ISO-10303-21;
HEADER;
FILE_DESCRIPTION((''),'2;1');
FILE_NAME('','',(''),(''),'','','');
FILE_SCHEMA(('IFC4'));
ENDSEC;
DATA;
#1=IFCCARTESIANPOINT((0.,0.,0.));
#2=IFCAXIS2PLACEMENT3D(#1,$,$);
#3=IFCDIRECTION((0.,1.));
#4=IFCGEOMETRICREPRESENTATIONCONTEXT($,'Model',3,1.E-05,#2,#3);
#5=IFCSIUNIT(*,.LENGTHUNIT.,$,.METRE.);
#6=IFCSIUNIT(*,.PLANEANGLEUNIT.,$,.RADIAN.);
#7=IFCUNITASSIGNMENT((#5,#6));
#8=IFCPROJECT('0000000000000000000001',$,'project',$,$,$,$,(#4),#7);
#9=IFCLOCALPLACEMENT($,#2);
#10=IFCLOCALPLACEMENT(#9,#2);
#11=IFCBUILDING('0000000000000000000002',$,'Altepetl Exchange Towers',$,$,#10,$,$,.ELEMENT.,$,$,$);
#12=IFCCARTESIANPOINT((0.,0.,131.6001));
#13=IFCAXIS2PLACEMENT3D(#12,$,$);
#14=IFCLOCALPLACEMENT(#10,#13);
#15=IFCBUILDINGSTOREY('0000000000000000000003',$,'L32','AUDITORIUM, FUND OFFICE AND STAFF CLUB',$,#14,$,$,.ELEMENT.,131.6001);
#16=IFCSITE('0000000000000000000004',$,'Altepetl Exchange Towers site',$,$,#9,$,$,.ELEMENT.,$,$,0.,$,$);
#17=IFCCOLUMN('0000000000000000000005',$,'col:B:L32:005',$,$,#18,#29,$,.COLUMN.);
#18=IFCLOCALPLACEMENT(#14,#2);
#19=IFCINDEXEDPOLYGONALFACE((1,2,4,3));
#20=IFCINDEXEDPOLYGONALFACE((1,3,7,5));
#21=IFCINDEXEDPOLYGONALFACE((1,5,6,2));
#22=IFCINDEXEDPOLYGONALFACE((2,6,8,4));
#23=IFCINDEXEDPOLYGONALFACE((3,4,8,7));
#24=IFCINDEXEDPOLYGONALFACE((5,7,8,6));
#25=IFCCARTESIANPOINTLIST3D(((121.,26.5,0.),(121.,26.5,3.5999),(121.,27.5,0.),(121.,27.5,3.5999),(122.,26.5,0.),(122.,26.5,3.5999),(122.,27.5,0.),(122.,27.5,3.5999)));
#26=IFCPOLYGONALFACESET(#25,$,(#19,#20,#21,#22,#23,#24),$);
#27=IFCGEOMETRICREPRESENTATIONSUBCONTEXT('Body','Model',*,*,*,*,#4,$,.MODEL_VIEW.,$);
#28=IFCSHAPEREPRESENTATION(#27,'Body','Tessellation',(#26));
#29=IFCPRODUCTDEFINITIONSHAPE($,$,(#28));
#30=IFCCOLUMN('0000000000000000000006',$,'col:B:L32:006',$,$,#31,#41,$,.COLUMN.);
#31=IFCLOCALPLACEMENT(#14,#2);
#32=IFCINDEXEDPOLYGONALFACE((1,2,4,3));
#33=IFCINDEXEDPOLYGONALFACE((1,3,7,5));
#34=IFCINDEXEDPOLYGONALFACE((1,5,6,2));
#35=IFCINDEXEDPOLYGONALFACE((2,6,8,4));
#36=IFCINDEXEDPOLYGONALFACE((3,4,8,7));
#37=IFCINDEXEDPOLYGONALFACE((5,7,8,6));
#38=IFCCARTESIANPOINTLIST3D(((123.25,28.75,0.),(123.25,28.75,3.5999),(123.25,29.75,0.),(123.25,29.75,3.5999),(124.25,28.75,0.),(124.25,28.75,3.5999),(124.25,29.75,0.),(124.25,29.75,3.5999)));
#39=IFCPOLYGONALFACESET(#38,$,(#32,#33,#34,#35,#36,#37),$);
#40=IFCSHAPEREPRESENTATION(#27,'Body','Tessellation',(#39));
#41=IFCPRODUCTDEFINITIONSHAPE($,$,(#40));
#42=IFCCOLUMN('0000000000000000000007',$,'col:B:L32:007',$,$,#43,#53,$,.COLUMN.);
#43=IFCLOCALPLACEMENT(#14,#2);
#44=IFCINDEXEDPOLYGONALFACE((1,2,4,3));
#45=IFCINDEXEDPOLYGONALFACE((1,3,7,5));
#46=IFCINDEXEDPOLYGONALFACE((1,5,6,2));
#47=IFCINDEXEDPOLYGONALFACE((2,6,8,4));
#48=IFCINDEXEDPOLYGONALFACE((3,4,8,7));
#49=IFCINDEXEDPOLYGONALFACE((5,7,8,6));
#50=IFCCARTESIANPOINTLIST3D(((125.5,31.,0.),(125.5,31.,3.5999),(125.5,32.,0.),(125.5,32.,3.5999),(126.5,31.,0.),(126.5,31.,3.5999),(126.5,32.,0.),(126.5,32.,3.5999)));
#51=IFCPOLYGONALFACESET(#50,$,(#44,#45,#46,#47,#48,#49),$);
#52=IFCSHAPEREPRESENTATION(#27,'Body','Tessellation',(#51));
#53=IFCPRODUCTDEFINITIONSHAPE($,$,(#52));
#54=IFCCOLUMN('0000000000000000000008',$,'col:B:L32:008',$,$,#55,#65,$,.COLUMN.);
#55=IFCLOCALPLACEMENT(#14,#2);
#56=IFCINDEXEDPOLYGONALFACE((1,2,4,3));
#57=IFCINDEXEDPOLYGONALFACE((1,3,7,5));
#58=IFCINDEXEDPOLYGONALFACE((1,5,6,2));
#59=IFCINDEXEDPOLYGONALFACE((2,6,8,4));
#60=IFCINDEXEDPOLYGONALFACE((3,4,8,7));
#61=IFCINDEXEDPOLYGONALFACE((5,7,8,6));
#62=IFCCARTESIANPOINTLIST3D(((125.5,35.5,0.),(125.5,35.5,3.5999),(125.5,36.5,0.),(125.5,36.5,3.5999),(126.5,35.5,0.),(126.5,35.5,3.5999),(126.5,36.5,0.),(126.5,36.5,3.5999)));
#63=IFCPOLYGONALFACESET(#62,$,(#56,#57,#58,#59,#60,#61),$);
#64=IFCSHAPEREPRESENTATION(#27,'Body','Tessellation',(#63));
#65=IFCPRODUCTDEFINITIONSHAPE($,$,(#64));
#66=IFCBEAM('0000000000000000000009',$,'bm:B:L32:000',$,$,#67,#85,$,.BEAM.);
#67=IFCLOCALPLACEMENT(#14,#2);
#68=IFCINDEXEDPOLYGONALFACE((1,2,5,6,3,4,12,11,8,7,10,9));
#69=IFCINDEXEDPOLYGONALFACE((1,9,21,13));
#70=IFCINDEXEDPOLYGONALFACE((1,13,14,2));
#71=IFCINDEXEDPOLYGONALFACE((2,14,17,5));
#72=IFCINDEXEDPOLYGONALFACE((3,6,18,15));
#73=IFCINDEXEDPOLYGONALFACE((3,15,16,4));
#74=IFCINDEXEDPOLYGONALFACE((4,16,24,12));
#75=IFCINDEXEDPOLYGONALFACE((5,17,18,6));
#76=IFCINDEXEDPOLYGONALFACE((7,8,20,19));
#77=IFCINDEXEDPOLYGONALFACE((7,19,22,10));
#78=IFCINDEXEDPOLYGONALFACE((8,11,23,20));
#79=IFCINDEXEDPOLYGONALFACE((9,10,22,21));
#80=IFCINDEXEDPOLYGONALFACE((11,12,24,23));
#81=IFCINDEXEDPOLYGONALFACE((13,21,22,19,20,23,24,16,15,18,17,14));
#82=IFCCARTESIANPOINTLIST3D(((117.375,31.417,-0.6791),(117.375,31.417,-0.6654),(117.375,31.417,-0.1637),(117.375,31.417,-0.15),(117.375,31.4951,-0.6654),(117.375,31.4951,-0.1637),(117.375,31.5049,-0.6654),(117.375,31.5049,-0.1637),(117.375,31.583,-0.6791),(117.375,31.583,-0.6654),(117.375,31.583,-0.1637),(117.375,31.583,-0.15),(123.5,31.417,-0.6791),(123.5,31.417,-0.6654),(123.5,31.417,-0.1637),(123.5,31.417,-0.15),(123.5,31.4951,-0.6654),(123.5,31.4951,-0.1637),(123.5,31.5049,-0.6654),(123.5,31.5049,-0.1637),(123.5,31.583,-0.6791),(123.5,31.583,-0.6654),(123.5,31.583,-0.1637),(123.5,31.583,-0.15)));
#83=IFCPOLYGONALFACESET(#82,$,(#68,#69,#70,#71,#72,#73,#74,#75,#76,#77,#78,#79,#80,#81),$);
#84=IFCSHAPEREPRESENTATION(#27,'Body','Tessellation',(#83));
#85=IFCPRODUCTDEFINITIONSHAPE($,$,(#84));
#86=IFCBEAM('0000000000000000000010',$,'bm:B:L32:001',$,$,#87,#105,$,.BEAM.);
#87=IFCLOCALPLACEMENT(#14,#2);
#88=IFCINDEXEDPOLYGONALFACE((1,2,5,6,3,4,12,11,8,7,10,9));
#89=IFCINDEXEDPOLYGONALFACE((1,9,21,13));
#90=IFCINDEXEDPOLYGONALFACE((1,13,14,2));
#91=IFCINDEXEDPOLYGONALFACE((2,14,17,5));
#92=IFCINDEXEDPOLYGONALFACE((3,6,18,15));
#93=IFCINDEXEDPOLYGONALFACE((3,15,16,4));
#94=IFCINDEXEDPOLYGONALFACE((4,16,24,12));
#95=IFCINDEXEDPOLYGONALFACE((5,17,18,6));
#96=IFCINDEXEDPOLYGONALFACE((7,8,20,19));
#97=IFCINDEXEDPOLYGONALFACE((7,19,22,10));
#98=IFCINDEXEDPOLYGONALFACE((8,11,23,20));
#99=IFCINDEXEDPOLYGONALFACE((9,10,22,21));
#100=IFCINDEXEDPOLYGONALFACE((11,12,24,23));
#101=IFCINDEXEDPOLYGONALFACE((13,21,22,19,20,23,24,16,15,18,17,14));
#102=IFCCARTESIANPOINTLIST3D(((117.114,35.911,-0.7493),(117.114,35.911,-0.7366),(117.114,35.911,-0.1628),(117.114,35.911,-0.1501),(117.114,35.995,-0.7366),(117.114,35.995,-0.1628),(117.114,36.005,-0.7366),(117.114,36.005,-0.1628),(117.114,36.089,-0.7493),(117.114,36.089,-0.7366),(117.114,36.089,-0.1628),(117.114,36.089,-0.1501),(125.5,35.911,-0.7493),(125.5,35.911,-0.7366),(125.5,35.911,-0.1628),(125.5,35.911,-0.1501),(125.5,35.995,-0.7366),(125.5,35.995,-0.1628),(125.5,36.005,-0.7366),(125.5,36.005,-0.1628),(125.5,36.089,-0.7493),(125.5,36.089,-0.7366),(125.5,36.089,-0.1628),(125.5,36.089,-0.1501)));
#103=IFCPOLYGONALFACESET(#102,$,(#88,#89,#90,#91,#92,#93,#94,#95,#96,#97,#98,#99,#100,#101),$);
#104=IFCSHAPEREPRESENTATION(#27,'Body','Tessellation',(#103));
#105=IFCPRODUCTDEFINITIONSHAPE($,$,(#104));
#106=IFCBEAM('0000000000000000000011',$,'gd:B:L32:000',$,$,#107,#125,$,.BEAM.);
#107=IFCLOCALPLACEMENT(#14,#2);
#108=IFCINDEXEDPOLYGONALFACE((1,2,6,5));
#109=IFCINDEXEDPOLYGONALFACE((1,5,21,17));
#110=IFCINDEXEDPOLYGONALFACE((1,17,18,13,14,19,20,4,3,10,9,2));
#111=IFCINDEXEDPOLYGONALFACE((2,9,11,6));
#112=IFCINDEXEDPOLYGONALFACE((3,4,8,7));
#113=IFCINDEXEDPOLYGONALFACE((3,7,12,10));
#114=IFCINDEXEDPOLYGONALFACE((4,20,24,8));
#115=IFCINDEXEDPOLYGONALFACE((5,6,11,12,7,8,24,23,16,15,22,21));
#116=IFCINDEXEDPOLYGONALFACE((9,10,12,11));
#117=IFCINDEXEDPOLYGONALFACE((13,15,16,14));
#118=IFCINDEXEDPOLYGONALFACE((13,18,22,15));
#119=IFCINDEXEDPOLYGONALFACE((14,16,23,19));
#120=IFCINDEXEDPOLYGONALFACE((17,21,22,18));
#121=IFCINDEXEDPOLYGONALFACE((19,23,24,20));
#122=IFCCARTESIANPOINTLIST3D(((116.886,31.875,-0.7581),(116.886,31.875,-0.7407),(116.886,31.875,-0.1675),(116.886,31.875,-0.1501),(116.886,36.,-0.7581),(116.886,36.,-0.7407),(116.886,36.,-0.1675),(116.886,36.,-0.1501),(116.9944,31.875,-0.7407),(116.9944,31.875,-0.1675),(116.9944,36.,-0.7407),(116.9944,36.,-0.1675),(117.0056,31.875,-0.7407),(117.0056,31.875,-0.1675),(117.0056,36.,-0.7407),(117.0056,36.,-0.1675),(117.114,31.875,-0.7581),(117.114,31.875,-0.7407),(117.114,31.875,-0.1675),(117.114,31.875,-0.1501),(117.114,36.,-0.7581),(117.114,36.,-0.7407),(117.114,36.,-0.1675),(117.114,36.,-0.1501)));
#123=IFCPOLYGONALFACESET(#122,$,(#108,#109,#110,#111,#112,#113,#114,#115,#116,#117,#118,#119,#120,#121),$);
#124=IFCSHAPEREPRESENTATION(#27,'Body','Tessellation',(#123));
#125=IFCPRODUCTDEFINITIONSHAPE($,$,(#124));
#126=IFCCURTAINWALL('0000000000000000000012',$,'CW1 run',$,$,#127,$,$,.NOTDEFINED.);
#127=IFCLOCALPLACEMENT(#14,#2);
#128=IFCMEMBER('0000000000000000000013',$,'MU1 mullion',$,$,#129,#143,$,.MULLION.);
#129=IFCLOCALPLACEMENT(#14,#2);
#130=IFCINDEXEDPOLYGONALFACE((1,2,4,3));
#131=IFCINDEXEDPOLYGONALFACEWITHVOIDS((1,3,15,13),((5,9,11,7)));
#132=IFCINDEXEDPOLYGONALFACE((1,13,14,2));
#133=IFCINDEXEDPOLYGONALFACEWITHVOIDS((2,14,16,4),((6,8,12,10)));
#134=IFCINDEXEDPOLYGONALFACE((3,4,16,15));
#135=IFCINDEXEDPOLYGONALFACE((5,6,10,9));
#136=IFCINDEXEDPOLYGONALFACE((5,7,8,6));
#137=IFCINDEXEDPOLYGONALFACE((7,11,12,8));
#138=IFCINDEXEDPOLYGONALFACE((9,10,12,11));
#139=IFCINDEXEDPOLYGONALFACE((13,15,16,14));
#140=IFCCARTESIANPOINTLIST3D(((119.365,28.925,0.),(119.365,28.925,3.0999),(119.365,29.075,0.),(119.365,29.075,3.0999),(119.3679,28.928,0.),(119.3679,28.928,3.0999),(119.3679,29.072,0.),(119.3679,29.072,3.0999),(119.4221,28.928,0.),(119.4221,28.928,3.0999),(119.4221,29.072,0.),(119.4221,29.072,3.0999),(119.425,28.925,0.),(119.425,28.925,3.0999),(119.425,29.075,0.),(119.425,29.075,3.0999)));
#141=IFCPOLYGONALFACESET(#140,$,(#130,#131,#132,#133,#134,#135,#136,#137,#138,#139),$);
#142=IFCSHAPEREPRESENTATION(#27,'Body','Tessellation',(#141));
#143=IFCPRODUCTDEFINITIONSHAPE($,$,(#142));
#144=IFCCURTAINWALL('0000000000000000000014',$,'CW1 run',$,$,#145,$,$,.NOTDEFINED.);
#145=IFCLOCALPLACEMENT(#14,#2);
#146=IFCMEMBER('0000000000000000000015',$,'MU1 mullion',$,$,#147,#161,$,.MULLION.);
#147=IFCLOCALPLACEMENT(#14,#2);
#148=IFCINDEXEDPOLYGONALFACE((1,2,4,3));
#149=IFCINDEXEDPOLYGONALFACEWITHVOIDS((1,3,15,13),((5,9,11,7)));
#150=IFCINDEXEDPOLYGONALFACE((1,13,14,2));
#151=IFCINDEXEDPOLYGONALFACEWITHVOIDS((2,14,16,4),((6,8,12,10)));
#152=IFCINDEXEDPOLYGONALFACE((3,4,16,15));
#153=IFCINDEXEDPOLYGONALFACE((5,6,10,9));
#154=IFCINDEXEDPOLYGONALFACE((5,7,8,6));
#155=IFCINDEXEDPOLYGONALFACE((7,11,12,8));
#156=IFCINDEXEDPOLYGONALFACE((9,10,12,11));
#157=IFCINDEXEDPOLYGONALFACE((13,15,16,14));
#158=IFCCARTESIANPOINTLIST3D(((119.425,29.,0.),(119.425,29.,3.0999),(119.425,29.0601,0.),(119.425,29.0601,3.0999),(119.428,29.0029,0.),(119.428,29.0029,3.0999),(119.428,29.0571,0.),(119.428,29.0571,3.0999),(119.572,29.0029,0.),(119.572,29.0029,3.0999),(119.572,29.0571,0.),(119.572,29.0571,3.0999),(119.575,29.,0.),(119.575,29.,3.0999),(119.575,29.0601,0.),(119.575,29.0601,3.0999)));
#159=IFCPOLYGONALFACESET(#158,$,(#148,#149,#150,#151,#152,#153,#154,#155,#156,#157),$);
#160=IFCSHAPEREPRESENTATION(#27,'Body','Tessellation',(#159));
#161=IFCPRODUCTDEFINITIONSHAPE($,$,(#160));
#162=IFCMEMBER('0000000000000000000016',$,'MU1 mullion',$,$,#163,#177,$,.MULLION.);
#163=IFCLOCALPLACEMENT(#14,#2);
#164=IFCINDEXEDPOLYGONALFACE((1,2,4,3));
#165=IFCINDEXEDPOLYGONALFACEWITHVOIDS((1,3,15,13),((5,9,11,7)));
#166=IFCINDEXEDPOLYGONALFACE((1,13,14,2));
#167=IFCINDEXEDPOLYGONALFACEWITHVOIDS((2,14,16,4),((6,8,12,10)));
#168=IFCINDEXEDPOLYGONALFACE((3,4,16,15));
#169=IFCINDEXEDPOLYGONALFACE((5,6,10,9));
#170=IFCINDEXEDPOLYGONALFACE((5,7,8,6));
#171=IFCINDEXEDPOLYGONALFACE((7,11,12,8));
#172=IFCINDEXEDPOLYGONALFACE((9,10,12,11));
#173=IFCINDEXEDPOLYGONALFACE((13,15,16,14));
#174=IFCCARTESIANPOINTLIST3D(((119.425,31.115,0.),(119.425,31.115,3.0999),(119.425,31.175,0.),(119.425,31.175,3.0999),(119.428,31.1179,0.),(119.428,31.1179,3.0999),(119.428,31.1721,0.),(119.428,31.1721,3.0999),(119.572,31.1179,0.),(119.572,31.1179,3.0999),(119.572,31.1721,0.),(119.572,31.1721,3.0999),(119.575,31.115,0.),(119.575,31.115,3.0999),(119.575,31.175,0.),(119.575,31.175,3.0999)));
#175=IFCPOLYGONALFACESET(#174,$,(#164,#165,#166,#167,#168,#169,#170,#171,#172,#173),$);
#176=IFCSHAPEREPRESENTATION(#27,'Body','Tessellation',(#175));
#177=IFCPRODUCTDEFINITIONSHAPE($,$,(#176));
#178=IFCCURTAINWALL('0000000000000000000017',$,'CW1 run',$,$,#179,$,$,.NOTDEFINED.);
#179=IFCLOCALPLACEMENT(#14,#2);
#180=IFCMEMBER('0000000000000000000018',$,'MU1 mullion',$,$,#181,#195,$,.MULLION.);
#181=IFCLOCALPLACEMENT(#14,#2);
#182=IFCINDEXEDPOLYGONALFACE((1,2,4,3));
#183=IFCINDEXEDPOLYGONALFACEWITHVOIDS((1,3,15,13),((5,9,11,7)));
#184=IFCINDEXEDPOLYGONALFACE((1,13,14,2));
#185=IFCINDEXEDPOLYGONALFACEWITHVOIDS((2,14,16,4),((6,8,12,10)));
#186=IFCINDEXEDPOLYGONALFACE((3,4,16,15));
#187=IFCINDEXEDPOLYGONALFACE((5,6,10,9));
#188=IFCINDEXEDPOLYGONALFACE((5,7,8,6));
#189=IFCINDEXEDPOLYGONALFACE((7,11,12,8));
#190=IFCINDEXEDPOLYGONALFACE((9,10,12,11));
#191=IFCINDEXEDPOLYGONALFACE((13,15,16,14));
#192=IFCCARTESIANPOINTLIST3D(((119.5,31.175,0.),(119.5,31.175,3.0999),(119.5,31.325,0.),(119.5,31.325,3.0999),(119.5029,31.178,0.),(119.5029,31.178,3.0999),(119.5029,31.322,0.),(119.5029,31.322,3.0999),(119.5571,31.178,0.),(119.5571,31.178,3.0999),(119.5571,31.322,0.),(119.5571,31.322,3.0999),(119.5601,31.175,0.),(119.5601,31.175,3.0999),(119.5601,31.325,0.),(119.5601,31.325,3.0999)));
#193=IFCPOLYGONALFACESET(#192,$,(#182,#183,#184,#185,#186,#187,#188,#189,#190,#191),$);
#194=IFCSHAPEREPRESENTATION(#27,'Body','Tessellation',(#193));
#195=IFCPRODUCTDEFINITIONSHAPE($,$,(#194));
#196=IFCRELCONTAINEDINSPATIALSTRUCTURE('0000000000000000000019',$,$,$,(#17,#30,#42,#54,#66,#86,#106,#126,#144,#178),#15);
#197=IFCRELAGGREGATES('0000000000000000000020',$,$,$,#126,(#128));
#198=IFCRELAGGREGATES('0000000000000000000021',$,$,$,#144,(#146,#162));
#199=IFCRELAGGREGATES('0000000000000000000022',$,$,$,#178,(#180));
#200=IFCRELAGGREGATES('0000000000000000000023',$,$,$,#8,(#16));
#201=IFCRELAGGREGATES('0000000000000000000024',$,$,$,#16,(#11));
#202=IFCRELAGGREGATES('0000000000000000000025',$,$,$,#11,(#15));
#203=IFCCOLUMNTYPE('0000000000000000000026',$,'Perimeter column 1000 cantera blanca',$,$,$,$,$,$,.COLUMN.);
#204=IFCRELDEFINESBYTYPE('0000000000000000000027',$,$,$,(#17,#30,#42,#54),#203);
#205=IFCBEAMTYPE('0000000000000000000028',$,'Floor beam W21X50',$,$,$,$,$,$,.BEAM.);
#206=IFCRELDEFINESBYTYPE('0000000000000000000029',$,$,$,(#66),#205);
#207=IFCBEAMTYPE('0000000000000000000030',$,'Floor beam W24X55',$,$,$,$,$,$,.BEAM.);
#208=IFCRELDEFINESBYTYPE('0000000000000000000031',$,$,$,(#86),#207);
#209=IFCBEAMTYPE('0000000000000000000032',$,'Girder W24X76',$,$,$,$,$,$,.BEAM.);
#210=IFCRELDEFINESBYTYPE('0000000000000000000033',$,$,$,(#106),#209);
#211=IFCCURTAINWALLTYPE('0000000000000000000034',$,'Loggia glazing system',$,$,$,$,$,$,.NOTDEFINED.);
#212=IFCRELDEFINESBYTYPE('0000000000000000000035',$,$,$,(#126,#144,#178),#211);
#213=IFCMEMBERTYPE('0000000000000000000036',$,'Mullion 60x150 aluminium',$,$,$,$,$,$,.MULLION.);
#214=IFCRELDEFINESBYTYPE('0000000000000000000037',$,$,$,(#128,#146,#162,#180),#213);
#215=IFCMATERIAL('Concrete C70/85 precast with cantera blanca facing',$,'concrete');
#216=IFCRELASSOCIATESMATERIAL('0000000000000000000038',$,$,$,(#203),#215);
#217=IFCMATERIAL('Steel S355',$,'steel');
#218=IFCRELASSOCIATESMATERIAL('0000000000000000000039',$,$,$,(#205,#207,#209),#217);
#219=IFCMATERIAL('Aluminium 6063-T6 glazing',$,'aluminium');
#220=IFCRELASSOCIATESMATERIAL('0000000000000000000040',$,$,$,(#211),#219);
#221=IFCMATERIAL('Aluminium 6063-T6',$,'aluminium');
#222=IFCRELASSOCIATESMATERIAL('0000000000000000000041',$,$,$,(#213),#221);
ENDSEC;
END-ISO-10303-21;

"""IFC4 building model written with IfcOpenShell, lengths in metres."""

from ifc_helpers import new_model, si_unit, direction, frame, origin, origin_2d, place, context, subcontext, project, spatial, rectangle, hollow_rectangle, i_section, extrude, material, material_profile, profile_set, type_object, element, aggregate, save


model = new_model("IFC4")

# Units and contexts
model_context = context("Model", 3, precision=1e-05, world=origin(), true_north=direction((0.0, 1.0)))
body_context = subcontext(model_context, "Body", "Model", "MODEL_VIEW")
ifc_project = project(units=[si_unit("LENGTHUNIT", "METRE"), si_unit("PLANEANGLEUNIT", "RADIAN")], contexts=[model_context])

# Site, building, storey
site_placement = place(None, origin())
site = spatial("IfcSite", under=ifc_project, at=site_placement, Name="Altepetl Exchange Towers site", CompositionType="ELEMENT", RefElevation=0.0)
building_placement = place(site_placement, origin())
building = spatial("IfcBuilding", under=site, at=building_placement, Name="Altepetl Exchange Towers", CompositionType="ELEMENT")
storey_placement = place(building_placement, frame((0.0, 0.0, 131.6001)))
storey = spatial("IfcBuildingStorey", under=building, at=storey_placement, Name="L32", Description="AUDITORIUM, FUND OFFICE AND STAFF CLUB", CompositionType="ELEMENT", Elevation=131.6001)

# Columns
ifc_material_1 = material(Name="Concrete C70/85 precast with cantera blanca facing", Category="concrete")
ifc_material_profile_1 = material_profile(ifc_material_1, rectangle(XDim=1.0, YDim=1.0, at=origin_2d()), Name="1000 x 1000")
ifc_profile_set_1 = profile_set([ifc_material_profile_1], Name="Concrete C70/85 precast with cantera blanca facing")
column_type = type_object("IfcColumnType", Name="Perimeter column 1000 cantera blanca", PredefinedType="COLUMN", material=ifc_profile_set_1)
for number, where, name in (
    (1, (121.5, 27.0, 0.0), "col:B:L32:005"),
    (2, (123.75, 29.25, 0.0), "col:B:L32:006"),
    (3, (126.0, 31.5, 0.0), "col:B:L32:007"),
    (4, (126.0, 36.0, 0.0), "col:B:L32:008"),
):
    element("IfcColumn", number, at=place(storey_placement, frame(where)), inside=storey, type_object=column_type, Name=name, PredefinedType="COLUMN", context=body_context, shape_type="SweptSolid", body=[
        extrude(rectangle(XDim=1.0, YDim=1.0, at=origin_2d()), origin(), (0.0, 0.0, 1.0), 3.5999),
    ])

# Beams
ifc_material_2 = material(Name="Steel S355", Category="steel")
ifc_material_profile_2 = material_profile(ifc_material_2, i_section(OverallWidth=0.166, OverallDepth=0.5291, WebThickness=0.0098, FlangeThickness=0.0137, at=origin_2d()), Name="W21X50")
ifc_profile_set_2 = profile_set([ifc_material_profile_2], Name="Steel S355")
beam_type_1 = type_object("IfcBeamType", Name="Floor beam W21X50", PredefinedType="BEAM", material=ifc_profile_set_2)
beam_1_placement = place(storey_placement, frame((117.375, 31.5, -0.4146), z_axis=(1.0, 0.0, 0.0), x_axis=(0.0, 1.0, 0.0)))
element("IfcBeam", 5, at=beam_1_placement, inside=storey, type_object=beam_type_1, Name="bm:B:L32:000", PredefinedType="BEAM", context=body_context, shape_type="SweptSolid", body=[
    extrude(i_section(OverallWidth=0.166, OverallDepth=0.5291, WebThickness=0.0098, FlangeThickness=0.0137, at=origin_2d()), origin(), (0.0, 0.0, 1.0), 6.125),
])
ifc_material_profile_3 = material_profile(ifc_material_2, i_section(OverallWidth=0.178, OverallDepth=0.5991, WebThickness=0.01, FlangeThickness=0.0127, at=origin_2d()), Name="W24X55")
ifc_profile_set_3 = profile_set([ifc_material_profile_3], Name="Steel S355")
beam_type_2 = type_object("IfcBeamType", Name="Floor beam W24X55", PredefinedType="BEAM", material=ifc_profile_set_3)
beam_2_placement = place(storey_placement, frame((117.114, 36.0, -0.4497), z_axis=(1.0, 0.0, 0.0), x_axis=(0.0, 1.0, 0.0)))
element("IfcBeam", 6, at=beam_2_placement, inside=storey, type_object=beam_type_2, Name="bm:B:L32:001", PredefinedType="BEAM", context=body_context, shape_type="SweptSolid", body=[
    extrude(i_section(OverallWidth=0.178, OverallDepth=0.5991, WebThickness=0.01, FlangeThickness=0.0127, at=origin_2d()), origin(), (0.0, 0.0, 1.0), 8.386),
])
ifc_material_profile_4 = material_profile(ifc_material_2, i_section(OverallWidth=0.228, OverallDepth=0.6079, WebThickness=0.0112, FlangeThickness=0.0173, at=origin_2d()), Name="W24X76")
ifc_profile_set_4 = profile_set([ifc_material_profile_4], Name="Steel S355")
beam_type_3 = type_object("IfcBeamType", Name="Girder W24X76", PredefinedType="BEAM", material=ifc_profile_set_4)
beam_3_placement = place(storey_placement, frame((117.0, 36.0, -0.4541), z_axis=(0.0, -1.0, 0.0), x_axis=(1.0, 0.0, 0.0)))
element("IfcBeam", 7, at=beam_3_placement, inside=storey, type_object=beam_type_3, Name="gd:B:L32:000", PredefinedType="BEAM", context=body_context, shape_type="SweptSolid", body=[
    extrude(i_section(OverallWidth=0.228, OverallDepth=0.6079, WebThickness=0.0112, FlangeThickness=0.0173, at=origin_2d()), origin(), (0.0, 0.0, 1.0), 4.125),
])

# Curtain wall, member
ifc_material_3 = material(Name="Aluminium 6063-T6 glazing", Category="aluminium")
curtain_wall_type = type_object("IfcCurtainWallType", Name="Loggia glazing system", PredefinedType="NOTDEFINED", material=ifc_material_3)
curtain_wall_1_placement = place(storey_placement, origin())
curtain_wall_1 = element("IfcCurtainWall", 8, at=curtain_wall_1_placement, inside=storey, type_object=curtain_wall_type, Name="CW1 run", PredefinedType="NOTDEFINED")
ifc_material_4 = material(Name="Aluminium 6063-T6", Category="aluminium")
ifc_material_profile_5 = material_profile(ifc_material_4, hollow_rectangle(XDim=0.0601, YDim=0.1499, WallThickness=0.0029, at=origin_2d()), Name="Mullion 60x150 aluminium")
ifc_profile_set_5 = profile_set([ifc_material_profile_5], Name="Aluminium 6063-T6")
member_type = type_object("IfcMemberType", Name="Mullion 60x150 aluminium", PredefinedType="MULLION", material=ifc_profile_set_5)
member_1_placement = place(storey_placement, frame((119.395, 29.0, 0.0)))
member_1 = element("IfcMember", 9, at=member_1_placement, type_object=member_type, Name="MU1 mullion", PredefinedType="MULLION", context=body_context, shape_type="SweptSolid", body=[
    extrude(hollow_rectangle(XDim=0.0601, YDim=0.1499, WallThickness=0.0029, at=origin_2d()), origin(), (0.0, 0.0, 1.0), 3.0999),
])

# Curtain walls, members
curtain_wall_2_placement = place(storey_placement, origin())
curtain_wall_2 = element("IfcCurtainWall", 10, at=curtain_wall_2_placement, inside=storey, type_object=curtain_wall_type, Name="CW1 run", PredefinedType="NOTDEFINED")
member_2_placement = place(storey_placement, frame((119.5, 29.03, 0.0), z_axis=(0.0, 0.0, 1.0), x_axis=(0.0, 1.0, 0.0)))
member_2 = element("IfcMember", 11, at=member_2_placement, type_object=member_type, Name="MU1 mullion", PredefinedType="MULLION", context=body_context, shape_type="SweptSolid", body=[
    extrude(hollow_rectangle(XDim=0.0601, YDim=0.1499, WallThickness=0.0029, at=origin_2d()), origin(), (0.0, 0.0, 1.0), 3.0999),
])
member_3_placement = place(storey_placement, frame((119.5, 31.145, 0.0), z_axis=(0.0, 0.0, 1.0), x_axis=(0.0, 1.0, 0.0)))
member_3 = element("IfcMember", 12, at=member_3_placement, type_object=member_type, Name="MU1 mullion", PredefinedType="MULLION", context=body_context, shape_type="SweptSolid", body=[
    extrude(hollow_rectangle(XDim=0.0601, YDim=0.1499, WallThickness=0.0029, at=origin_2d()), origin(), (0.0, 0.0, 1.0), 3.0999),
])
curtain_wall_3_placement = place(storey_placement, origin())
curtain_wall_3 = element("IfcCurtainWall", 13, at=curtain_wall_3_placement, inside=storey, type_object=curtain_wall_type, Name="CW1 run", PredefinedType="NOTDEFINED")
member_4_placement = place(storey_placement, frame((119.53, 31.25, 0.0)))
member_4 = element("IfcMember", 14, at=member_4_placement, type_object=member_type, Name="MU1 mullion", PredefinedType="MULLION", context=body_context, shape_type="SweptSolid", body=[
    extrude(hollow_rectangle(XDim=0.0601, YDim=0.1499, WallThickness=0.0029, at=origin_2d()), origin(), (0.0, 0.0, 1.0), 3.0999),
])

aggregate(curtain_wall_1, [member_1])
aggregate(curtain_wall_2, [member_2, member_3])
aggregate(curtain_wall_3, [member_4])

save(model, "model.ifc")
